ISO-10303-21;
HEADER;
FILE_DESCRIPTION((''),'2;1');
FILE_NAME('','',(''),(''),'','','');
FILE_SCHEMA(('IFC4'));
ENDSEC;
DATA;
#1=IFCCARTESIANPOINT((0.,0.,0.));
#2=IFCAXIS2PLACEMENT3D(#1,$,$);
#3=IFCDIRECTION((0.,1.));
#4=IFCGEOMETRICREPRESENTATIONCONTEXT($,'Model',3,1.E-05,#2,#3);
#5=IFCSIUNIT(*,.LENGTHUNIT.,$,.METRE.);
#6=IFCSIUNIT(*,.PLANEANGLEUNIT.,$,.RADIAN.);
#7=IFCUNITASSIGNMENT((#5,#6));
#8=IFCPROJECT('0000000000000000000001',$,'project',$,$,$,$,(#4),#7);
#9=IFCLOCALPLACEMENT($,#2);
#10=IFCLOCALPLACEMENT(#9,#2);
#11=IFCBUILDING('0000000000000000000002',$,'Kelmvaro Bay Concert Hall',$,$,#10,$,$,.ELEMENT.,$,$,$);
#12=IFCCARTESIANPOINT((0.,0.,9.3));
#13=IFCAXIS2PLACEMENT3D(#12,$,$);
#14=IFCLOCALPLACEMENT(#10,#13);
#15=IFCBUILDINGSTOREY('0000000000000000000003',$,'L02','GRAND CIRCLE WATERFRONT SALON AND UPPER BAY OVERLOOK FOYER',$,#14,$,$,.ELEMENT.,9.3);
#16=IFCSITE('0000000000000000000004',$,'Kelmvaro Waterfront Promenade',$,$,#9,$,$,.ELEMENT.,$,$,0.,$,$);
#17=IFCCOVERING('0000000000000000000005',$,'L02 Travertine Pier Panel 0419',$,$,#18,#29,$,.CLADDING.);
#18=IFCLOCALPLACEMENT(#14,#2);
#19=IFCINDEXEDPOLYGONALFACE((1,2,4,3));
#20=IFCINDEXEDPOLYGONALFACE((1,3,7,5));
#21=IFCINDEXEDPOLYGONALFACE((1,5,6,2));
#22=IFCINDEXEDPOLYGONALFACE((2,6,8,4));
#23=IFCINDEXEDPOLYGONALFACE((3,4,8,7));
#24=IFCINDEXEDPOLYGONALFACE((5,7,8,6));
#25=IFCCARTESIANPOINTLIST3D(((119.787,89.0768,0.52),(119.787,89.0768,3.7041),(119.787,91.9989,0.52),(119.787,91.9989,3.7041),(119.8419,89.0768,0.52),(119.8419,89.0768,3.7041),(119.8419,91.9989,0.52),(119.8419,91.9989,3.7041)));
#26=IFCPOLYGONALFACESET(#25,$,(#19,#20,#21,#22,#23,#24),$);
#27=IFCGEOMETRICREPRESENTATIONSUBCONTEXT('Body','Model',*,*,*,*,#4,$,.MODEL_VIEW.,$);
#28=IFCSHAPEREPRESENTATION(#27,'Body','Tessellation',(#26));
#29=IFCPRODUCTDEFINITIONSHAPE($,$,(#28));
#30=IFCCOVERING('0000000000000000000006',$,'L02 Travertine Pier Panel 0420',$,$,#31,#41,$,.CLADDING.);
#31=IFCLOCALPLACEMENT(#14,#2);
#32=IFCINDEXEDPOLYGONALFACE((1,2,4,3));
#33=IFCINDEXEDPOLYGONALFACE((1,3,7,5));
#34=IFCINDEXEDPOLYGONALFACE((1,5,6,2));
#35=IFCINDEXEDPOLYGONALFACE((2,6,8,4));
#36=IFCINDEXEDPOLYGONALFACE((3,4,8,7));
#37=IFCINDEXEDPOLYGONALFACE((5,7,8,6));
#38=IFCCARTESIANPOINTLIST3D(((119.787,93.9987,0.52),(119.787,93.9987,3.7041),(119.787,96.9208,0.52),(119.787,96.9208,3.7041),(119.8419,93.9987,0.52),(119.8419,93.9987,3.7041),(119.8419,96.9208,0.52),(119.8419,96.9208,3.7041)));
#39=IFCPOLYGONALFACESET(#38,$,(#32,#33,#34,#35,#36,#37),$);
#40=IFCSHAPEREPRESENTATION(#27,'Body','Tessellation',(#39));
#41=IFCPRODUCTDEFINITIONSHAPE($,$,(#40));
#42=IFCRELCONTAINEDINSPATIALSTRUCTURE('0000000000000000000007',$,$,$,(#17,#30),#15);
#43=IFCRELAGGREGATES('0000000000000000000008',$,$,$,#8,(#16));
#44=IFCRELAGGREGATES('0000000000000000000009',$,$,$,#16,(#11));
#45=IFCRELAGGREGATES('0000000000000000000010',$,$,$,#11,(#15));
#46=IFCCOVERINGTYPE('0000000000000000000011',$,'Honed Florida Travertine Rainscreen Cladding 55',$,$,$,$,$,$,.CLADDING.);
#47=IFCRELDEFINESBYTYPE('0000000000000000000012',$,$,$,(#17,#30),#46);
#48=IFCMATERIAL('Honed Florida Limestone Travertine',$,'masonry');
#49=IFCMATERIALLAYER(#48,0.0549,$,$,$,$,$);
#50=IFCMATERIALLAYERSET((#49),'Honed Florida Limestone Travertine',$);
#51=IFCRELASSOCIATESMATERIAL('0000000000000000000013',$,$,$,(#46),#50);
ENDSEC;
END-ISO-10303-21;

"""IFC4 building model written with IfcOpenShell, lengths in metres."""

from ifc_helpers import new_model, si_unit, direction, frame, origin, origin_2d, place, context, subcontext, project, spatial, rectangle, extrude, material, layer, layer_set, type_object, element, save


model = new_model("IFC4")

# Units and contexts
model_context = context("Model", 3, precision=1e-05, world=origin(), true_north=direction((0.0, 1.0)))
body_context = subcontext(model_context, "Body", "Model", "MODEL_VIEW")
ifc_project = project(units=[si_unit("LENGTHUNIT", "METRE"), si_unit("PLANEANGLEUNIT", "RADIAN")], contexts=[model_context])

# Site, building, storey
site_placement = place(None, origin())
site = spatial("IfcSite", under=ifc_project, at=site_placement, Name="Kelmvaro Waterfront Promenade", CompositionType="ELEMENT", RefElevation=0.0)
building_placement = place(site_placement, origin())
building = spatial("IfcBuilding", under=site, at=building_placement, Name="Kelmvaro Bay Concert Hall", CompositionType="ELEMENT")
storey_placement = place(building_placement, frame((0.0, 0.0, 9.3)))
storey = spatial("IfcBuildingStorey", under=building, at=storey_placement, Name="L02", Description="GRAND CIRCLE WATERFRONT SALON AND UPPER BAY OVERLOOK FOYER", CompositionType="ELEMENT", Elevation=9.3)

# Coverings
ifc_material_1 = material(Name="Honed Florida Limestone Travertine", Category="masonry")
ifc_layer_1 = layer(ifc_material_1, 0.0549)
ifc_layer_set_1 = layer_set([ifc_layer_1], Name="Honed Florida Limestone Travertine")
covering_type = type_object("IfcCoveringType", Name="Honed Florida Travertine Rainscreen Cladding 55", PredefinedType="CLADDING", material=ifc_layer_set_1)
for number, where, z_axis, x_axis, name in (
    (1, (119.8145, 90.5378, 0.52), (0.0, 0.0, 1.0), (0.0, 1.0, 0.0), "L02 Travertine Pier Panel 0419"),
    (2, (119.8145, 95.4597, 0.52), (0.0, 0.0, 1.0), (0.0, 1.0, 0.0), "L02 Travertine Pier Panel 0420"),
):
    element("IfcCovering", number, at=place(storey_placement, frame(where, z_axis=z_axis, x_axis=x_axis)), inside=storey, type_object=covering_type, Name=name, PredefinedType="CLADDING", context=body_context, shape_type="SweptSolid", body=[
        extrude(rectangle(XDim=2.9221, YDim=0.0549, at=origin_2d()), origin(), (0.0, 0.0, 1.0), 3.1841),
    ])

save(model, "model.ifc")
